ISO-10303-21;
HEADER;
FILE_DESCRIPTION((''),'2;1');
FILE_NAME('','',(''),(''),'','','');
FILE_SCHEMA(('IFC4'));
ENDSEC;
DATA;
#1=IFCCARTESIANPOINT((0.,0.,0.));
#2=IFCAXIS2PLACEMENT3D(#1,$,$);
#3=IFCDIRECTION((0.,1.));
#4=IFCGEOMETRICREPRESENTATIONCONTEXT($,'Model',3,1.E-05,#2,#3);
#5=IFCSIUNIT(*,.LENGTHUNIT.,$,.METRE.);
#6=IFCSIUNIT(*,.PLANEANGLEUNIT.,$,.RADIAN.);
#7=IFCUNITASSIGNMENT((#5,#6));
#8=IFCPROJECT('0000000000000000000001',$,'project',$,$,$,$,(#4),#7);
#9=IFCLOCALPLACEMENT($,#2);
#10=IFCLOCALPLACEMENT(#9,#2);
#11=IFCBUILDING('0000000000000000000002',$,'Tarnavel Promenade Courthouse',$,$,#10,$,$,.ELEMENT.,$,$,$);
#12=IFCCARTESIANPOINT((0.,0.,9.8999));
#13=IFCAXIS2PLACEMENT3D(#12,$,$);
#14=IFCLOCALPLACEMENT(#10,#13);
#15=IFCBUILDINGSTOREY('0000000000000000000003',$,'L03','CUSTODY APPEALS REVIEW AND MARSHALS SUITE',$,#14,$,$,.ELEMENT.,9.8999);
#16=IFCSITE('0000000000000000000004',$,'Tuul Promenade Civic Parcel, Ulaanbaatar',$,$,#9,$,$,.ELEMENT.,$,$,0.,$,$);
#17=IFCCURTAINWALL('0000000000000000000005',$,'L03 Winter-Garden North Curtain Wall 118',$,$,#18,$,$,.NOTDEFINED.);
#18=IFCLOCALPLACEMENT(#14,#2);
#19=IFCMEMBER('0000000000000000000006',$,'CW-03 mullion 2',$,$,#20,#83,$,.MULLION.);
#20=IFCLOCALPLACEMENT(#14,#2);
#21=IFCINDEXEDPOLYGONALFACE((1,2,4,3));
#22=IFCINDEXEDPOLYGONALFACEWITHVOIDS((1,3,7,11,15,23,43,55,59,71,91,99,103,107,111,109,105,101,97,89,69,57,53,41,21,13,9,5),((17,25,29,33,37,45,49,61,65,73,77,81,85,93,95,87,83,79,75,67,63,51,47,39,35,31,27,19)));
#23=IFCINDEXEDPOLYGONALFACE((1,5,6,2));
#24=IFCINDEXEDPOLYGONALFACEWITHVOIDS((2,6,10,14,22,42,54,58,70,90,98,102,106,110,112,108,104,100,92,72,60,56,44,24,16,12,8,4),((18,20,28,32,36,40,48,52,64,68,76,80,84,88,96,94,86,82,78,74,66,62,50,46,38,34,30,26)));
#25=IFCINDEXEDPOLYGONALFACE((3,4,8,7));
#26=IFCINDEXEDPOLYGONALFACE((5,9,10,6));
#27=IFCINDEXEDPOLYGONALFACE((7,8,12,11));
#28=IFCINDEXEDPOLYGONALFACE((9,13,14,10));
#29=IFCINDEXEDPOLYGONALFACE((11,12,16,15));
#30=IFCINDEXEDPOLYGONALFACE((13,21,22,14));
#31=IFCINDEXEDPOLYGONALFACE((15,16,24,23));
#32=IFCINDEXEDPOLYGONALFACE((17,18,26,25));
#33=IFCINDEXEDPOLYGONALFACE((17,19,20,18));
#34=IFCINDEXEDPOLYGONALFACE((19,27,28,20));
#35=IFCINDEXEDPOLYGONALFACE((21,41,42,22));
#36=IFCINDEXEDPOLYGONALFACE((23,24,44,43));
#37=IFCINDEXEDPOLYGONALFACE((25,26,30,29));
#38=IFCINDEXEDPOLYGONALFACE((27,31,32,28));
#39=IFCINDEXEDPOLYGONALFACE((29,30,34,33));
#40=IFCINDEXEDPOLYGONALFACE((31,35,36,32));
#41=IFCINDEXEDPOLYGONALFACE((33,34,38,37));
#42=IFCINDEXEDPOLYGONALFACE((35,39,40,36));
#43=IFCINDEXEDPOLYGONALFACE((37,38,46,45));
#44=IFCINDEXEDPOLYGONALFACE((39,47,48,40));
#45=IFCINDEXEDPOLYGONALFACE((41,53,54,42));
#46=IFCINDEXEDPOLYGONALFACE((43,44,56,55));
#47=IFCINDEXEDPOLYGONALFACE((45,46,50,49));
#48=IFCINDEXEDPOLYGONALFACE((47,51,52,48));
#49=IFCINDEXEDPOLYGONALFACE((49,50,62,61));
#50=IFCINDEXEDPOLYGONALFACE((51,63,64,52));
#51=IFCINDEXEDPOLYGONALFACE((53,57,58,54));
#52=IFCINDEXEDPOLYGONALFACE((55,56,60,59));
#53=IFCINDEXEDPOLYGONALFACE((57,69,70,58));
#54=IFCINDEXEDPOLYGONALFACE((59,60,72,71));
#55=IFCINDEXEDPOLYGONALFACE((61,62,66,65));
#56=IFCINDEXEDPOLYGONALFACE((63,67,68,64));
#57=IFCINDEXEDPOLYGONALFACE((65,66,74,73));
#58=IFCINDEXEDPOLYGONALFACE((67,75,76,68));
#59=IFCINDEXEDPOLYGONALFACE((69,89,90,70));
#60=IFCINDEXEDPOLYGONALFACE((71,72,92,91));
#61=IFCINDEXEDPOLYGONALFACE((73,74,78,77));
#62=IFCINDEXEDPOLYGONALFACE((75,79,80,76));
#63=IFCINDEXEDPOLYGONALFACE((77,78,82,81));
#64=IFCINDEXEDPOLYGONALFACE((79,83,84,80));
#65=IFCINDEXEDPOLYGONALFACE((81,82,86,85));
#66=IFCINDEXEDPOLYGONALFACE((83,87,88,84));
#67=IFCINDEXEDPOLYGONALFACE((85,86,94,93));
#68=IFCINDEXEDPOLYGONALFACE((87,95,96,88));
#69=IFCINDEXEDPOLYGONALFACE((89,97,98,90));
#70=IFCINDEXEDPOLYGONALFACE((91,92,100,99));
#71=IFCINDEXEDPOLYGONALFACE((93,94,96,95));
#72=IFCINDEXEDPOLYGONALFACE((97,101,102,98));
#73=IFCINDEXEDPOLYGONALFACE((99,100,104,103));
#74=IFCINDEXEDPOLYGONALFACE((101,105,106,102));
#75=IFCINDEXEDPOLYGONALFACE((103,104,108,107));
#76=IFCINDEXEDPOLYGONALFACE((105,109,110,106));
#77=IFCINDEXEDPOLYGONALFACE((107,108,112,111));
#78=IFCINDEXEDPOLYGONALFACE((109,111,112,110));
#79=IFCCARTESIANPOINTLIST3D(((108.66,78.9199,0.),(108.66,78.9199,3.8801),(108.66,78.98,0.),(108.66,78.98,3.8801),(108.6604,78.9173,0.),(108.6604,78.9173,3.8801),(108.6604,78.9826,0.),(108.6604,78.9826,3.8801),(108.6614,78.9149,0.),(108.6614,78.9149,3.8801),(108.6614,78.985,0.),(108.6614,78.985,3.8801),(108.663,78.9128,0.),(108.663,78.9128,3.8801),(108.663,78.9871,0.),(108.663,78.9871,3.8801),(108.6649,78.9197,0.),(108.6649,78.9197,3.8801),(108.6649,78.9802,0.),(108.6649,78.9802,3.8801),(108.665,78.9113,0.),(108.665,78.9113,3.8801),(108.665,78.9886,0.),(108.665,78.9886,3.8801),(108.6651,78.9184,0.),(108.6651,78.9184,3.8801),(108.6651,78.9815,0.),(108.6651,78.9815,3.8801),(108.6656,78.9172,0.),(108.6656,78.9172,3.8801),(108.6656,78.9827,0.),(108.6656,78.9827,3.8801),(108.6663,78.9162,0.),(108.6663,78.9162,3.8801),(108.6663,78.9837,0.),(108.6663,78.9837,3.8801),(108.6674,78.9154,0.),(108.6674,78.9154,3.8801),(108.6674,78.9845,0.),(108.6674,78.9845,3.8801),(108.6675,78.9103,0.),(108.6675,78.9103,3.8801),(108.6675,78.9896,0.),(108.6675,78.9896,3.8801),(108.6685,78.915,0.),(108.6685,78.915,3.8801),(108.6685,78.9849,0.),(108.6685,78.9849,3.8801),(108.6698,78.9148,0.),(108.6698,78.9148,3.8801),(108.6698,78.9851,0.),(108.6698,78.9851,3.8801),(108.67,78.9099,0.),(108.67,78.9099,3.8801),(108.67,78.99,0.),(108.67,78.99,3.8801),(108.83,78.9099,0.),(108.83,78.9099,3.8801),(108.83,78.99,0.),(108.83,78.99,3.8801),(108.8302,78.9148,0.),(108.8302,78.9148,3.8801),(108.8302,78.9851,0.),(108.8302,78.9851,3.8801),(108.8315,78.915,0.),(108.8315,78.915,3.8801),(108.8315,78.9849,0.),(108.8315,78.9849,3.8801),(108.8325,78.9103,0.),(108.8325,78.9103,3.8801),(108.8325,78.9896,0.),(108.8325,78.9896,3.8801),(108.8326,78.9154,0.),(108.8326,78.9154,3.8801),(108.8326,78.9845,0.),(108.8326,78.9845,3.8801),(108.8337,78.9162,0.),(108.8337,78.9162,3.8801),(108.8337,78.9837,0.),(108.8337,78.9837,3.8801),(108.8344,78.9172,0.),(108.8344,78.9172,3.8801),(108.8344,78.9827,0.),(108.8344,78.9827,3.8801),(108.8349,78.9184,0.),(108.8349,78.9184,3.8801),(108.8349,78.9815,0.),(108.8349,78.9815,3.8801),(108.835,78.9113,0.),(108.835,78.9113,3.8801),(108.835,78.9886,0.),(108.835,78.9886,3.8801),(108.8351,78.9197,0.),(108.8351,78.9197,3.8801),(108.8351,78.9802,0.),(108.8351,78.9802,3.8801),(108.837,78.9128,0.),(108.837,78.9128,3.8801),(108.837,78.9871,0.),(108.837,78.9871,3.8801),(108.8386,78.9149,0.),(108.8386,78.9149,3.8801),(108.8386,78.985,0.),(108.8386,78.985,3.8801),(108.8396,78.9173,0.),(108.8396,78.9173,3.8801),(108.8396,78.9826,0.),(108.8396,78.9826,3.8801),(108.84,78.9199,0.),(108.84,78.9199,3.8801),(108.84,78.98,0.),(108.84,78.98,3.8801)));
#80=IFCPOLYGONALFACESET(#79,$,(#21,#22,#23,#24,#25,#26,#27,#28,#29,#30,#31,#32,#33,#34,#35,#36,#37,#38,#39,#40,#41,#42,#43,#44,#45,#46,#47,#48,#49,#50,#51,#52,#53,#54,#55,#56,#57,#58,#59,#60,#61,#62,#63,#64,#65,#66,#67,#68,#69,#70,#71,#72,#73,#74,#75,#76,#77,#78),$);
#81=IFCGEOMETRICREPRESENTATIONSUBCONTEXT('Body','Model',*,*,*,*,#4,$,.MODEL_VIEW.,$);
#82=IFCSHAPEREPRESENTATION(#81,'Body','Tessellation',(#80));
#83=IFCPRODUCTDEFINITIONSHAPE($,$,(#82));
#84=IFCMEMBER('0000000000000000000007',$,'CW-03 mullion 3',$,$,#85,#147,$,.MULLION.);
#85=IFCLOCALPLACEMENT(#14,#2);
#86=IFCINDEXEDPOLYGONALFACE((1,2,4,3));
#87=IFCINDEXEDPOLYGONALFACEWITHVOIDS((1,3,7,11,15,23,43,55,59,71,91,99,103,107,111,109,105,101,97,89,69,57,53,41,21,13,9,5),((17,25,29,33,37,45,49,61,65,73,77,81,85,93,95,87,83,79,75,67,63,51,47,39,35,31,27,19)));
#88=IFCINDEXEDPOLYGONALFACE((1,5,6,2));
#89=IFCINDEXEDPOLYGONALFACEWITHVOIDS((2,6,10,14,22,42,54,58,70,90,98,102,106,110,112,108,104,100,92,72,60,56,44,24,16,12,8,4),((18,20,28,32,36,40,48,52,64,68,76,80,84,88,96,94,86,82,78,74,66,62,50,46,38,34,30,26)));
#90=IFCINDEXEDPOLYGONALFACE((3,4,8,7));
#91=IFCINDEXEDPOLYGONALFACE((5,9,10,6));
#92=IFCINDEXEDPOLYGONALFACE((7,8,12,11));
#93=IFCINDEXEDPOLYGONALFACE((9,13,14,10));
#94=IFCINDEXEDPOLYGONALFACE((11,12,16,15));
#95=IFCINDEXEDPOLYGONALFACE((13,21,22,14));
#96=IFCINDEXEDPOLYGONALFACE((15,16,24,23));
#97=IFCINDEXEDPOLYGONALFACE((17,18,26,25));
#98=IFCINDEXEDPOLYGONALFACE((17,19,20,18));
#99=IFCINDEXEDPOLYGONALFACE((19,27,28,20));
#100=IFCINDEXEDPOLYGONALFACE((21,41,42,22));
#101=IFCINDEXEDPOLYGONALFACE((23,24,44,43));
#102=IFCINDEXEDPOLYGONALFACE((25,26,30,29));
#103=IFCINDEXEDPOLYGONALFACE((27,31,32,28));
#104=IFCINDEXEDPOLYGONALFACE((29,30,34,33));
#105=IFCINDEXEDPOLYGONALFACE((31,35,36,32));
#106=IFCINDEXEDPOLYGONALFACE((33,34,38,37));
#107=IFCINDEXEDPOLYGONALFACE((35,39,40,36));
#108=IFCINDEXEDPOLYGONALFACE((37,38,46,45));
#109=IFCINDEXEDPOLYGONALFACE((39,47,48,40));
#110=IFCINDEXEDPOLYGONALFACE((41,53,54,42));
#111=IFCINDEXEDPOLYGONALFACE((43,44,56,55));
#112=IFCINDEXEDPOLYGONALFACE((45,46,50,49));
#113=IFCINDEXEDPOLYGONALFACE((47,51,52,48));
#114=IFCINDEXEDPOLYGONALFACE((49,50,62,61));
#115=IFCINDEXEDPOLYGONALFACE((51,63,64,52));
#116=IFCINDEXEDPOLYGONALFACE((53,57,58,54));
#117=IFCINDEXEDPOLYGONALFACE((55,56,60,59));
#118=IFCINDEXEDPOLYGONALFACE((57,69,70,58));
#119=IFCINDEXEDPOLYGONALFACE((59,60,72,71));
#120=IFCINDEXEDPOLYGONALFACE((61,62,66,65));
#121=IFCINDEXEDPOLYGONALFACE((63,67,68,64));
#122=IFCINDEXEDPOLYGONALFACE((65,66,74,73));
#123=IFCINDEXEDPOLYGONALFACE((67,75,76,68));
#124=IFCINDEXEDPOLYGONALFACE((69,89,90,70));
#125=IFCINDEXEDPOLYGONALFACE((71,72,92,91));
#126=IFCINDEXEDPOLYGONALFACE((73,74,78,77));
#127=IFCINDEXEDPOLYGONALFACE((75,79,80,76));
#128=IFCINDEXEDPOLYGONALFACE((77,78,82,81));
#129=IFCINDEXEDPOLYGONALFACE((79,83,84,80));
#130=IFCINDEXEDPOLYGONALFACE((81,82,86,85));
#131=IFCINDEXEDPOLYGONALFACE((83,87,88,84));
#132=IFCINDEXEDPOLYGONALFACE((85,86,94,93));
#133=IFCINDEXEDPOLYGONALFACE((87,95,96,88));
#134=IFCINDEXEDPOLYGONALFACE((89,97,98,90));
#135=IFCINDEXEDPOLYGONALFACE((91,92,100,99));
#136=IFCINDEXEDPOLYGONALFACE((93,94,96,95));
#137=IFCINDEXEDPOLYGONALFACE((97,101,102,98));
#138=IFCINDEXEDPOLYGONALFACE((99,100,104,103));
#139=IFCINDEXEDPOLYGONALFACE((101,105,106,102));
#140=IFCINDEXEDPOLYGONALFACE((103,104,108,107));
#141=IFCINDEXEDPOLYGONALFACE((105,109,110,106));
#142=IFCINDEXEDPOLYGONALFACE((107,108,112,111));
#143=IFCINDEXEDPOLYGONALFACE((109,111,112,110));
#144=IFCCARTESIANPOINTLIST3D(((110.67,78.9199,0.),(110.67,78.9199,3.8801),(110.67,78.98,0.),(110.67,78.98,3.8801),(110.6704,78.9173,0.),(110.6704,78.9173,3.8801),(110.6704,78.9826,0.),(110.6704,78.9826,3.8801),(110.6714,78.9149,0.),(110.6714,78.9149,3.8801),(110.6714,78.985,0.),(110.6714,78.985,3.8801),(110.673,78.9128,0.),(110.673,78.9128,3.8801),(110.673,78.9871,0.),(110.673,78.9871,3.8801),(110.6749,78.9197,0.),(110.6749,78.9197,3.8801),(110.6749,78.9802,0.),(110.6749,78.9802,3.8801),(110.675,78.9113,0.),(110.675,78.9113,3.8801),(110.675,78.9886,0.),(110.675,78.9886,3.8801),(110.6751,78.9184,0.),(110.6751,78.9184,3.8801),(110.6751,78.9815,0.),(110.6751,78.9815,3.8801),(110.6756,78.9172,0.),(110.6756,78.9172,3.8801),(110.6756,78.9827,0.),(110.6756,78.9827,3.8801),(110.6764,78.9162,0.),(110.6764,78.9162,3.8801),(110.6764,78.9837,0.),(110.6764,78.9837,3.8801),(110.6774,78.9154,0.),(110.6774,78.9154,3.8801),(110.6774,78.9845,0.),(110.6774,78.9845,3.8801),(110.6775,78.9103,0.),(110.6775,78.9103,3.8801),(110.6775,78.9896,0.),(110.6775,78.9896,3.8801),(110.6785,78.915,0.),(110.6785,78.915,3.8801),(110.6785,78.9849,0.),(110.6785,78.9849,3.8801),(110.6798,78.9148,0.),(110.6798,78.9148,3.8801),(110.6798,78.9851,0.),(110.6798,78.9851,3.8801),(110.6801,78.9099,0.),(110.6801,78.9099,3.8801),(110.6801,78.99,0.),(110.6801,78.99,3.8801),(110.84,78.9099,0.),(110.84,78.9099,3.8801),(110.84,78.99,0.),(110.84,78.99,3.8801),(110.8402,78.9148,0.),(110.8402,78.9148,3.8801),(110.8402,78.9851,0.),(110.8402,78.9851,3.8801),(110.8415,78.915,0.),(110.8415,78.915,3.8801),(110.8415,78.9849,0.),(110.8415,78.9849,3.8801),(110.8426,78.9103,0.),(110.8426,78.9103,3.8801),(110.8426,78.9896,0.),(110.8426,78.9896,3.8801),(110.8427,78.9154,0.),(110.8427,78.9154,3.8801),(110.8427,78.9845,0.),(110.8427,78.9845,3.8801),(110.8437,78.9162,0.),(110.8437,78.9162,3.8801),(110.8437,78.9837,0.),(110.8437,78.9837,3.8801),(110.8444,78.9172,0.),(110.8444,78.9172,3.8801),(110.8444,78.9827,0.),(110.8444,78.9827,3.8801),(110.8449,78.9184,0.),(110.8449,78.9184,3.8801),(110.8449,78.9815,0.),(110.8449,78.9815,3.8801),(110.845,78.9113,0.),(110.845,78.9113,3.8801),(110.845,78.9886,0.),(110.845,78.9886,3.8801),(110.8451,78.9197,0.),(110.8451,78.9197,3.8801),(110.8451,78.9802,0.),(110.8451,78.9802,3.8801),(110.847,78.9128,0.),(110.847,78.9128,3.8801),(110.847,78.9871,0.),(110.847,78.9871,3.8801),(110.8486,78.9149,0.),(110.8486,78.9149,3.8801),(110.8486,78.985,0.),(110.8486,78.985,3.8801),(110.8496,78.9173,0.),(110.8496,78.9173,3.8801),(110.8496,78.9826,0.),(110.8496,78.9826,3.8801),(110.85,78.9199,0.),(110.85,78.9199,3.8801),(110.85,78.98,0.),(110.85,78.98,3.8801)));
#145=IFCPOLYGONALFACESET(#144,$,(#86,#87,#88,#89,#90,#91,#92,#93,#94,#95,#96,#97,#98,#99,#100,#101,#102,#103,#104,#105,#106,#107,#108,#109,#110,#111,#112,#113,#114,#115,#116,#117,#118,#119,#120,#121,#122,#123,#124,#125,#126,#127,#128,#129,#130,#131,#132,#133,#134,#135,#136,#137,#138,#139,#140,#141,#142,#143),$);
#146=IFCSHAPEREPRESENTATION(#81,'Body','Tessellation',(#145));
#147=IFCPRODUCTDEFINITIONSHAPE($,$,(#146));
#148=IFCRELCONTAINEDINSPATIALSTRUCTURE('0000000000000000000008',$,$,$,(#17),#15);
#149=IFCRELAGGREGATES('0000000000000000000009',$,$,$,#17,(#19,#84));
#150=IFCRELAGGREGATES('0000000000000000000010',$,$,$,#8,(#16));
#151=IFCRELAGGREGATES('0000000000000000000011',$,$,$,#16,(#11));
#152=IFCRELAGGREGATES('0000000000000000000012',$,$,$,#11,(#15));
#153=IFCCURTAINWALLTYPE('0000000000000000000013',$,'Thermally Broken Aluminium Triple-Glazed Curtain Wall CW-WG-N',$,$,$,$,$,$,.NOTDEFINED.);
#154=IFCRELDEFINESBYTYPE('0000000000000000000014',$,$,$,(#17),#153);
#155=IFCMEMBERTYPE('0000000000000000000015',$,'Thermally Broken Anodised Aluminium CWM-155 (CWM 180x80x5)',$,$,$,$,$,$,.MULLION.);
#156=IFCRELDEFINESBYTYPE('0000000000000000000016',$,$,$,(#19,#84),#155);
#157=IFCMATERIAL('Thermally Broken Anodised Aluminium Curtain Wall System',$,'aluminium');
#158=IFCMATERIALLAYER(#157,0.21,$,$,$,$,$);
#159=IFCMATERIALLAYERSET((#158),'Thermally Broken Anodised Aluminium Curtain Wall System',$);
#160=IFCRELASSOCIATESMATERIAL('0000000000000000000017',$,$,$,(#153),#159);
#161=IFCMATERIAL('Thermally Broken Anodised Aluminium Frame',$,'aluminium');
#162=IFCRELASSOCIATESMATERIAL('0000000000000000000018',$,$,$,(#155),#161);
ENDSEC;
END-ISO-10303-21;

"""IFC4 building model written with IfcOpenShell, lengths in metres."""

from ifc_helpers import new_model, si_unit, direction, frame, origin, origin_2d, place, context, subcontext, project, spatial, hollow_rectangle, extrude, material, layer, layer_set, material_profile, profile_set, type_object, element, aggregate, save


model = new_model("IFC4")

# Units and contexts
model_context = context("Model", 3, precision=1e-05, world=origin(), true_north=direction((0.0, 1.0)))
body_context = subcontext(model_context, "Body", "Model", "MODEL_VIEW")
ifc_project = project(units=[si_unit("LENGTHUNIT", "METRE"), si_unit("PLANEANGLEUNIT", "RADIAN")], contexts=[model_context])

# Site, building, storey
site_placement = place(None, origin())
site = spatial("IfcSite", under=ifc_project, at=site_placement, Name="Tuul Promenade Civic Parcel, Ulaanbaatar", CompositionType="ELEMENT", RefElevation=0.0)
building_placement = place(site_placement, origin())
building = spatial("IfcBuilding", under=site, at=building_placement, Name="Tarnavel Promenade Courthouse", CompositionType="ELEMENT")
storey_placement = place(building_placement, frame((0.0, 0.0, 9.8999)))
storey = spatial("IfcBuildingStorey", under=building, at=storey_placement, Name="L03", Description="CUSTODY APPEALS REVIEW AND MARSHALS SUITE", CompositionType="ELEMENT", Elevation=9.8999)

# Curtain wall, members
ifc_material_1 = material(Name="Thermally Broken Anodised Aluminium Curtain Wall System", Category="aluminium")
ifc_layer_1 = layer(ifc_material_1, 0.21)
ifc_layer_set_1 = layer_set([ifc_layer_1], Name="Thermally Broken Anodised Aluminium Curtain Wall System")
curtain_wall_type = type_object("IfcCurtainWallType", Name="Thermally Broken Aluminium Triple-Glazed Curtain Wall CW-WG-N", PredefinedType="NOTDEFINED", material=ifc_layer_set_1)
curtain_wall_1_placement = place(storey_placement, origin())
curtain_wall_1 = element("IfcCurtainWall", 1, at=curtain_wall_1_placement, inside=storey, type_object=curtain_wall_type, Name="L03 Winter-Garden North Curtain Wall 118", PredefinedType="NOTDEFINED")
ifc_material_2 = material(Name="Thermally Broken Anodised Aluminium Frame", Category="aluminium")
ifc_material_profile_1 = material_profile(ifc_material_2, hollow_rectangle(XDim=0.0801, YDim=0.1799, WallThickness=0.0049, InnerFilletRadius=0.0049, OuterFilletRadius=0.01, at=origin_2d()), Name="CWM 180x80x5")
ifc_profile_set_1 = profile_set([ifc_material_profile_1], Name="Thermally Broken Anodised Aluminium Frame")
member_type_1 = type_object("IfcMemberType", Name="Thermally Broken Anodised Aluminium CWM-155 (CWM 180x80x5)", PredefinedType="MULLION", material=ifc_profile_set_1)
member_1_placement = place(storey_placement, frame((108.75, 78.95, 0.0), z_axis=(0.0, 0.0, 1.0), x_axis=(0.0, 1.0, 0.0)))
member_1 = element("IfcMember", 2, at=member_1_placement, type_object=member_type_1, Name="CW-03 mullion 2", PredefinedType="MULLION", context=body_context, shape_type="SweptSolid", body=[
    extrude(hollow_rectangle(XDim=0.0801, YDim=0.1799, WallThickness=0.0049, InnerFilletRadius=0.0049, OuterFilletRadius=0.01, at=origin_2d()), origin(), (0.0, 0.0, 1.0), 3.8801),
])
member_2_placement = place(storey_placement, frame((110.76, 78.95, 0.0), z_axis=(0.0, 0.0, 1.0), x_axis=(0.0, 1.0, 0.0)))
member_2 = element("IfcMember", 3, at=member_2_placement, type_object=member_type_1, Name="CW-03 mullion 3", PredefinedType="MULLION", context=body_context, shape_type="SweptSolid", body=[
    extrude(hollow_rectangle(XDim=0.0801, YDim=0.1799, WallThickness=0.0049, InnerFilletRadius=0.0049, OuterFilletRadius=0.01, at=origin_2d()), origin(), (0.0, 0.0, 1.0), 3.8801),
])

aggregate(curtain_wall_1, [member_1, member_2])

save(model, "model.ifc")
